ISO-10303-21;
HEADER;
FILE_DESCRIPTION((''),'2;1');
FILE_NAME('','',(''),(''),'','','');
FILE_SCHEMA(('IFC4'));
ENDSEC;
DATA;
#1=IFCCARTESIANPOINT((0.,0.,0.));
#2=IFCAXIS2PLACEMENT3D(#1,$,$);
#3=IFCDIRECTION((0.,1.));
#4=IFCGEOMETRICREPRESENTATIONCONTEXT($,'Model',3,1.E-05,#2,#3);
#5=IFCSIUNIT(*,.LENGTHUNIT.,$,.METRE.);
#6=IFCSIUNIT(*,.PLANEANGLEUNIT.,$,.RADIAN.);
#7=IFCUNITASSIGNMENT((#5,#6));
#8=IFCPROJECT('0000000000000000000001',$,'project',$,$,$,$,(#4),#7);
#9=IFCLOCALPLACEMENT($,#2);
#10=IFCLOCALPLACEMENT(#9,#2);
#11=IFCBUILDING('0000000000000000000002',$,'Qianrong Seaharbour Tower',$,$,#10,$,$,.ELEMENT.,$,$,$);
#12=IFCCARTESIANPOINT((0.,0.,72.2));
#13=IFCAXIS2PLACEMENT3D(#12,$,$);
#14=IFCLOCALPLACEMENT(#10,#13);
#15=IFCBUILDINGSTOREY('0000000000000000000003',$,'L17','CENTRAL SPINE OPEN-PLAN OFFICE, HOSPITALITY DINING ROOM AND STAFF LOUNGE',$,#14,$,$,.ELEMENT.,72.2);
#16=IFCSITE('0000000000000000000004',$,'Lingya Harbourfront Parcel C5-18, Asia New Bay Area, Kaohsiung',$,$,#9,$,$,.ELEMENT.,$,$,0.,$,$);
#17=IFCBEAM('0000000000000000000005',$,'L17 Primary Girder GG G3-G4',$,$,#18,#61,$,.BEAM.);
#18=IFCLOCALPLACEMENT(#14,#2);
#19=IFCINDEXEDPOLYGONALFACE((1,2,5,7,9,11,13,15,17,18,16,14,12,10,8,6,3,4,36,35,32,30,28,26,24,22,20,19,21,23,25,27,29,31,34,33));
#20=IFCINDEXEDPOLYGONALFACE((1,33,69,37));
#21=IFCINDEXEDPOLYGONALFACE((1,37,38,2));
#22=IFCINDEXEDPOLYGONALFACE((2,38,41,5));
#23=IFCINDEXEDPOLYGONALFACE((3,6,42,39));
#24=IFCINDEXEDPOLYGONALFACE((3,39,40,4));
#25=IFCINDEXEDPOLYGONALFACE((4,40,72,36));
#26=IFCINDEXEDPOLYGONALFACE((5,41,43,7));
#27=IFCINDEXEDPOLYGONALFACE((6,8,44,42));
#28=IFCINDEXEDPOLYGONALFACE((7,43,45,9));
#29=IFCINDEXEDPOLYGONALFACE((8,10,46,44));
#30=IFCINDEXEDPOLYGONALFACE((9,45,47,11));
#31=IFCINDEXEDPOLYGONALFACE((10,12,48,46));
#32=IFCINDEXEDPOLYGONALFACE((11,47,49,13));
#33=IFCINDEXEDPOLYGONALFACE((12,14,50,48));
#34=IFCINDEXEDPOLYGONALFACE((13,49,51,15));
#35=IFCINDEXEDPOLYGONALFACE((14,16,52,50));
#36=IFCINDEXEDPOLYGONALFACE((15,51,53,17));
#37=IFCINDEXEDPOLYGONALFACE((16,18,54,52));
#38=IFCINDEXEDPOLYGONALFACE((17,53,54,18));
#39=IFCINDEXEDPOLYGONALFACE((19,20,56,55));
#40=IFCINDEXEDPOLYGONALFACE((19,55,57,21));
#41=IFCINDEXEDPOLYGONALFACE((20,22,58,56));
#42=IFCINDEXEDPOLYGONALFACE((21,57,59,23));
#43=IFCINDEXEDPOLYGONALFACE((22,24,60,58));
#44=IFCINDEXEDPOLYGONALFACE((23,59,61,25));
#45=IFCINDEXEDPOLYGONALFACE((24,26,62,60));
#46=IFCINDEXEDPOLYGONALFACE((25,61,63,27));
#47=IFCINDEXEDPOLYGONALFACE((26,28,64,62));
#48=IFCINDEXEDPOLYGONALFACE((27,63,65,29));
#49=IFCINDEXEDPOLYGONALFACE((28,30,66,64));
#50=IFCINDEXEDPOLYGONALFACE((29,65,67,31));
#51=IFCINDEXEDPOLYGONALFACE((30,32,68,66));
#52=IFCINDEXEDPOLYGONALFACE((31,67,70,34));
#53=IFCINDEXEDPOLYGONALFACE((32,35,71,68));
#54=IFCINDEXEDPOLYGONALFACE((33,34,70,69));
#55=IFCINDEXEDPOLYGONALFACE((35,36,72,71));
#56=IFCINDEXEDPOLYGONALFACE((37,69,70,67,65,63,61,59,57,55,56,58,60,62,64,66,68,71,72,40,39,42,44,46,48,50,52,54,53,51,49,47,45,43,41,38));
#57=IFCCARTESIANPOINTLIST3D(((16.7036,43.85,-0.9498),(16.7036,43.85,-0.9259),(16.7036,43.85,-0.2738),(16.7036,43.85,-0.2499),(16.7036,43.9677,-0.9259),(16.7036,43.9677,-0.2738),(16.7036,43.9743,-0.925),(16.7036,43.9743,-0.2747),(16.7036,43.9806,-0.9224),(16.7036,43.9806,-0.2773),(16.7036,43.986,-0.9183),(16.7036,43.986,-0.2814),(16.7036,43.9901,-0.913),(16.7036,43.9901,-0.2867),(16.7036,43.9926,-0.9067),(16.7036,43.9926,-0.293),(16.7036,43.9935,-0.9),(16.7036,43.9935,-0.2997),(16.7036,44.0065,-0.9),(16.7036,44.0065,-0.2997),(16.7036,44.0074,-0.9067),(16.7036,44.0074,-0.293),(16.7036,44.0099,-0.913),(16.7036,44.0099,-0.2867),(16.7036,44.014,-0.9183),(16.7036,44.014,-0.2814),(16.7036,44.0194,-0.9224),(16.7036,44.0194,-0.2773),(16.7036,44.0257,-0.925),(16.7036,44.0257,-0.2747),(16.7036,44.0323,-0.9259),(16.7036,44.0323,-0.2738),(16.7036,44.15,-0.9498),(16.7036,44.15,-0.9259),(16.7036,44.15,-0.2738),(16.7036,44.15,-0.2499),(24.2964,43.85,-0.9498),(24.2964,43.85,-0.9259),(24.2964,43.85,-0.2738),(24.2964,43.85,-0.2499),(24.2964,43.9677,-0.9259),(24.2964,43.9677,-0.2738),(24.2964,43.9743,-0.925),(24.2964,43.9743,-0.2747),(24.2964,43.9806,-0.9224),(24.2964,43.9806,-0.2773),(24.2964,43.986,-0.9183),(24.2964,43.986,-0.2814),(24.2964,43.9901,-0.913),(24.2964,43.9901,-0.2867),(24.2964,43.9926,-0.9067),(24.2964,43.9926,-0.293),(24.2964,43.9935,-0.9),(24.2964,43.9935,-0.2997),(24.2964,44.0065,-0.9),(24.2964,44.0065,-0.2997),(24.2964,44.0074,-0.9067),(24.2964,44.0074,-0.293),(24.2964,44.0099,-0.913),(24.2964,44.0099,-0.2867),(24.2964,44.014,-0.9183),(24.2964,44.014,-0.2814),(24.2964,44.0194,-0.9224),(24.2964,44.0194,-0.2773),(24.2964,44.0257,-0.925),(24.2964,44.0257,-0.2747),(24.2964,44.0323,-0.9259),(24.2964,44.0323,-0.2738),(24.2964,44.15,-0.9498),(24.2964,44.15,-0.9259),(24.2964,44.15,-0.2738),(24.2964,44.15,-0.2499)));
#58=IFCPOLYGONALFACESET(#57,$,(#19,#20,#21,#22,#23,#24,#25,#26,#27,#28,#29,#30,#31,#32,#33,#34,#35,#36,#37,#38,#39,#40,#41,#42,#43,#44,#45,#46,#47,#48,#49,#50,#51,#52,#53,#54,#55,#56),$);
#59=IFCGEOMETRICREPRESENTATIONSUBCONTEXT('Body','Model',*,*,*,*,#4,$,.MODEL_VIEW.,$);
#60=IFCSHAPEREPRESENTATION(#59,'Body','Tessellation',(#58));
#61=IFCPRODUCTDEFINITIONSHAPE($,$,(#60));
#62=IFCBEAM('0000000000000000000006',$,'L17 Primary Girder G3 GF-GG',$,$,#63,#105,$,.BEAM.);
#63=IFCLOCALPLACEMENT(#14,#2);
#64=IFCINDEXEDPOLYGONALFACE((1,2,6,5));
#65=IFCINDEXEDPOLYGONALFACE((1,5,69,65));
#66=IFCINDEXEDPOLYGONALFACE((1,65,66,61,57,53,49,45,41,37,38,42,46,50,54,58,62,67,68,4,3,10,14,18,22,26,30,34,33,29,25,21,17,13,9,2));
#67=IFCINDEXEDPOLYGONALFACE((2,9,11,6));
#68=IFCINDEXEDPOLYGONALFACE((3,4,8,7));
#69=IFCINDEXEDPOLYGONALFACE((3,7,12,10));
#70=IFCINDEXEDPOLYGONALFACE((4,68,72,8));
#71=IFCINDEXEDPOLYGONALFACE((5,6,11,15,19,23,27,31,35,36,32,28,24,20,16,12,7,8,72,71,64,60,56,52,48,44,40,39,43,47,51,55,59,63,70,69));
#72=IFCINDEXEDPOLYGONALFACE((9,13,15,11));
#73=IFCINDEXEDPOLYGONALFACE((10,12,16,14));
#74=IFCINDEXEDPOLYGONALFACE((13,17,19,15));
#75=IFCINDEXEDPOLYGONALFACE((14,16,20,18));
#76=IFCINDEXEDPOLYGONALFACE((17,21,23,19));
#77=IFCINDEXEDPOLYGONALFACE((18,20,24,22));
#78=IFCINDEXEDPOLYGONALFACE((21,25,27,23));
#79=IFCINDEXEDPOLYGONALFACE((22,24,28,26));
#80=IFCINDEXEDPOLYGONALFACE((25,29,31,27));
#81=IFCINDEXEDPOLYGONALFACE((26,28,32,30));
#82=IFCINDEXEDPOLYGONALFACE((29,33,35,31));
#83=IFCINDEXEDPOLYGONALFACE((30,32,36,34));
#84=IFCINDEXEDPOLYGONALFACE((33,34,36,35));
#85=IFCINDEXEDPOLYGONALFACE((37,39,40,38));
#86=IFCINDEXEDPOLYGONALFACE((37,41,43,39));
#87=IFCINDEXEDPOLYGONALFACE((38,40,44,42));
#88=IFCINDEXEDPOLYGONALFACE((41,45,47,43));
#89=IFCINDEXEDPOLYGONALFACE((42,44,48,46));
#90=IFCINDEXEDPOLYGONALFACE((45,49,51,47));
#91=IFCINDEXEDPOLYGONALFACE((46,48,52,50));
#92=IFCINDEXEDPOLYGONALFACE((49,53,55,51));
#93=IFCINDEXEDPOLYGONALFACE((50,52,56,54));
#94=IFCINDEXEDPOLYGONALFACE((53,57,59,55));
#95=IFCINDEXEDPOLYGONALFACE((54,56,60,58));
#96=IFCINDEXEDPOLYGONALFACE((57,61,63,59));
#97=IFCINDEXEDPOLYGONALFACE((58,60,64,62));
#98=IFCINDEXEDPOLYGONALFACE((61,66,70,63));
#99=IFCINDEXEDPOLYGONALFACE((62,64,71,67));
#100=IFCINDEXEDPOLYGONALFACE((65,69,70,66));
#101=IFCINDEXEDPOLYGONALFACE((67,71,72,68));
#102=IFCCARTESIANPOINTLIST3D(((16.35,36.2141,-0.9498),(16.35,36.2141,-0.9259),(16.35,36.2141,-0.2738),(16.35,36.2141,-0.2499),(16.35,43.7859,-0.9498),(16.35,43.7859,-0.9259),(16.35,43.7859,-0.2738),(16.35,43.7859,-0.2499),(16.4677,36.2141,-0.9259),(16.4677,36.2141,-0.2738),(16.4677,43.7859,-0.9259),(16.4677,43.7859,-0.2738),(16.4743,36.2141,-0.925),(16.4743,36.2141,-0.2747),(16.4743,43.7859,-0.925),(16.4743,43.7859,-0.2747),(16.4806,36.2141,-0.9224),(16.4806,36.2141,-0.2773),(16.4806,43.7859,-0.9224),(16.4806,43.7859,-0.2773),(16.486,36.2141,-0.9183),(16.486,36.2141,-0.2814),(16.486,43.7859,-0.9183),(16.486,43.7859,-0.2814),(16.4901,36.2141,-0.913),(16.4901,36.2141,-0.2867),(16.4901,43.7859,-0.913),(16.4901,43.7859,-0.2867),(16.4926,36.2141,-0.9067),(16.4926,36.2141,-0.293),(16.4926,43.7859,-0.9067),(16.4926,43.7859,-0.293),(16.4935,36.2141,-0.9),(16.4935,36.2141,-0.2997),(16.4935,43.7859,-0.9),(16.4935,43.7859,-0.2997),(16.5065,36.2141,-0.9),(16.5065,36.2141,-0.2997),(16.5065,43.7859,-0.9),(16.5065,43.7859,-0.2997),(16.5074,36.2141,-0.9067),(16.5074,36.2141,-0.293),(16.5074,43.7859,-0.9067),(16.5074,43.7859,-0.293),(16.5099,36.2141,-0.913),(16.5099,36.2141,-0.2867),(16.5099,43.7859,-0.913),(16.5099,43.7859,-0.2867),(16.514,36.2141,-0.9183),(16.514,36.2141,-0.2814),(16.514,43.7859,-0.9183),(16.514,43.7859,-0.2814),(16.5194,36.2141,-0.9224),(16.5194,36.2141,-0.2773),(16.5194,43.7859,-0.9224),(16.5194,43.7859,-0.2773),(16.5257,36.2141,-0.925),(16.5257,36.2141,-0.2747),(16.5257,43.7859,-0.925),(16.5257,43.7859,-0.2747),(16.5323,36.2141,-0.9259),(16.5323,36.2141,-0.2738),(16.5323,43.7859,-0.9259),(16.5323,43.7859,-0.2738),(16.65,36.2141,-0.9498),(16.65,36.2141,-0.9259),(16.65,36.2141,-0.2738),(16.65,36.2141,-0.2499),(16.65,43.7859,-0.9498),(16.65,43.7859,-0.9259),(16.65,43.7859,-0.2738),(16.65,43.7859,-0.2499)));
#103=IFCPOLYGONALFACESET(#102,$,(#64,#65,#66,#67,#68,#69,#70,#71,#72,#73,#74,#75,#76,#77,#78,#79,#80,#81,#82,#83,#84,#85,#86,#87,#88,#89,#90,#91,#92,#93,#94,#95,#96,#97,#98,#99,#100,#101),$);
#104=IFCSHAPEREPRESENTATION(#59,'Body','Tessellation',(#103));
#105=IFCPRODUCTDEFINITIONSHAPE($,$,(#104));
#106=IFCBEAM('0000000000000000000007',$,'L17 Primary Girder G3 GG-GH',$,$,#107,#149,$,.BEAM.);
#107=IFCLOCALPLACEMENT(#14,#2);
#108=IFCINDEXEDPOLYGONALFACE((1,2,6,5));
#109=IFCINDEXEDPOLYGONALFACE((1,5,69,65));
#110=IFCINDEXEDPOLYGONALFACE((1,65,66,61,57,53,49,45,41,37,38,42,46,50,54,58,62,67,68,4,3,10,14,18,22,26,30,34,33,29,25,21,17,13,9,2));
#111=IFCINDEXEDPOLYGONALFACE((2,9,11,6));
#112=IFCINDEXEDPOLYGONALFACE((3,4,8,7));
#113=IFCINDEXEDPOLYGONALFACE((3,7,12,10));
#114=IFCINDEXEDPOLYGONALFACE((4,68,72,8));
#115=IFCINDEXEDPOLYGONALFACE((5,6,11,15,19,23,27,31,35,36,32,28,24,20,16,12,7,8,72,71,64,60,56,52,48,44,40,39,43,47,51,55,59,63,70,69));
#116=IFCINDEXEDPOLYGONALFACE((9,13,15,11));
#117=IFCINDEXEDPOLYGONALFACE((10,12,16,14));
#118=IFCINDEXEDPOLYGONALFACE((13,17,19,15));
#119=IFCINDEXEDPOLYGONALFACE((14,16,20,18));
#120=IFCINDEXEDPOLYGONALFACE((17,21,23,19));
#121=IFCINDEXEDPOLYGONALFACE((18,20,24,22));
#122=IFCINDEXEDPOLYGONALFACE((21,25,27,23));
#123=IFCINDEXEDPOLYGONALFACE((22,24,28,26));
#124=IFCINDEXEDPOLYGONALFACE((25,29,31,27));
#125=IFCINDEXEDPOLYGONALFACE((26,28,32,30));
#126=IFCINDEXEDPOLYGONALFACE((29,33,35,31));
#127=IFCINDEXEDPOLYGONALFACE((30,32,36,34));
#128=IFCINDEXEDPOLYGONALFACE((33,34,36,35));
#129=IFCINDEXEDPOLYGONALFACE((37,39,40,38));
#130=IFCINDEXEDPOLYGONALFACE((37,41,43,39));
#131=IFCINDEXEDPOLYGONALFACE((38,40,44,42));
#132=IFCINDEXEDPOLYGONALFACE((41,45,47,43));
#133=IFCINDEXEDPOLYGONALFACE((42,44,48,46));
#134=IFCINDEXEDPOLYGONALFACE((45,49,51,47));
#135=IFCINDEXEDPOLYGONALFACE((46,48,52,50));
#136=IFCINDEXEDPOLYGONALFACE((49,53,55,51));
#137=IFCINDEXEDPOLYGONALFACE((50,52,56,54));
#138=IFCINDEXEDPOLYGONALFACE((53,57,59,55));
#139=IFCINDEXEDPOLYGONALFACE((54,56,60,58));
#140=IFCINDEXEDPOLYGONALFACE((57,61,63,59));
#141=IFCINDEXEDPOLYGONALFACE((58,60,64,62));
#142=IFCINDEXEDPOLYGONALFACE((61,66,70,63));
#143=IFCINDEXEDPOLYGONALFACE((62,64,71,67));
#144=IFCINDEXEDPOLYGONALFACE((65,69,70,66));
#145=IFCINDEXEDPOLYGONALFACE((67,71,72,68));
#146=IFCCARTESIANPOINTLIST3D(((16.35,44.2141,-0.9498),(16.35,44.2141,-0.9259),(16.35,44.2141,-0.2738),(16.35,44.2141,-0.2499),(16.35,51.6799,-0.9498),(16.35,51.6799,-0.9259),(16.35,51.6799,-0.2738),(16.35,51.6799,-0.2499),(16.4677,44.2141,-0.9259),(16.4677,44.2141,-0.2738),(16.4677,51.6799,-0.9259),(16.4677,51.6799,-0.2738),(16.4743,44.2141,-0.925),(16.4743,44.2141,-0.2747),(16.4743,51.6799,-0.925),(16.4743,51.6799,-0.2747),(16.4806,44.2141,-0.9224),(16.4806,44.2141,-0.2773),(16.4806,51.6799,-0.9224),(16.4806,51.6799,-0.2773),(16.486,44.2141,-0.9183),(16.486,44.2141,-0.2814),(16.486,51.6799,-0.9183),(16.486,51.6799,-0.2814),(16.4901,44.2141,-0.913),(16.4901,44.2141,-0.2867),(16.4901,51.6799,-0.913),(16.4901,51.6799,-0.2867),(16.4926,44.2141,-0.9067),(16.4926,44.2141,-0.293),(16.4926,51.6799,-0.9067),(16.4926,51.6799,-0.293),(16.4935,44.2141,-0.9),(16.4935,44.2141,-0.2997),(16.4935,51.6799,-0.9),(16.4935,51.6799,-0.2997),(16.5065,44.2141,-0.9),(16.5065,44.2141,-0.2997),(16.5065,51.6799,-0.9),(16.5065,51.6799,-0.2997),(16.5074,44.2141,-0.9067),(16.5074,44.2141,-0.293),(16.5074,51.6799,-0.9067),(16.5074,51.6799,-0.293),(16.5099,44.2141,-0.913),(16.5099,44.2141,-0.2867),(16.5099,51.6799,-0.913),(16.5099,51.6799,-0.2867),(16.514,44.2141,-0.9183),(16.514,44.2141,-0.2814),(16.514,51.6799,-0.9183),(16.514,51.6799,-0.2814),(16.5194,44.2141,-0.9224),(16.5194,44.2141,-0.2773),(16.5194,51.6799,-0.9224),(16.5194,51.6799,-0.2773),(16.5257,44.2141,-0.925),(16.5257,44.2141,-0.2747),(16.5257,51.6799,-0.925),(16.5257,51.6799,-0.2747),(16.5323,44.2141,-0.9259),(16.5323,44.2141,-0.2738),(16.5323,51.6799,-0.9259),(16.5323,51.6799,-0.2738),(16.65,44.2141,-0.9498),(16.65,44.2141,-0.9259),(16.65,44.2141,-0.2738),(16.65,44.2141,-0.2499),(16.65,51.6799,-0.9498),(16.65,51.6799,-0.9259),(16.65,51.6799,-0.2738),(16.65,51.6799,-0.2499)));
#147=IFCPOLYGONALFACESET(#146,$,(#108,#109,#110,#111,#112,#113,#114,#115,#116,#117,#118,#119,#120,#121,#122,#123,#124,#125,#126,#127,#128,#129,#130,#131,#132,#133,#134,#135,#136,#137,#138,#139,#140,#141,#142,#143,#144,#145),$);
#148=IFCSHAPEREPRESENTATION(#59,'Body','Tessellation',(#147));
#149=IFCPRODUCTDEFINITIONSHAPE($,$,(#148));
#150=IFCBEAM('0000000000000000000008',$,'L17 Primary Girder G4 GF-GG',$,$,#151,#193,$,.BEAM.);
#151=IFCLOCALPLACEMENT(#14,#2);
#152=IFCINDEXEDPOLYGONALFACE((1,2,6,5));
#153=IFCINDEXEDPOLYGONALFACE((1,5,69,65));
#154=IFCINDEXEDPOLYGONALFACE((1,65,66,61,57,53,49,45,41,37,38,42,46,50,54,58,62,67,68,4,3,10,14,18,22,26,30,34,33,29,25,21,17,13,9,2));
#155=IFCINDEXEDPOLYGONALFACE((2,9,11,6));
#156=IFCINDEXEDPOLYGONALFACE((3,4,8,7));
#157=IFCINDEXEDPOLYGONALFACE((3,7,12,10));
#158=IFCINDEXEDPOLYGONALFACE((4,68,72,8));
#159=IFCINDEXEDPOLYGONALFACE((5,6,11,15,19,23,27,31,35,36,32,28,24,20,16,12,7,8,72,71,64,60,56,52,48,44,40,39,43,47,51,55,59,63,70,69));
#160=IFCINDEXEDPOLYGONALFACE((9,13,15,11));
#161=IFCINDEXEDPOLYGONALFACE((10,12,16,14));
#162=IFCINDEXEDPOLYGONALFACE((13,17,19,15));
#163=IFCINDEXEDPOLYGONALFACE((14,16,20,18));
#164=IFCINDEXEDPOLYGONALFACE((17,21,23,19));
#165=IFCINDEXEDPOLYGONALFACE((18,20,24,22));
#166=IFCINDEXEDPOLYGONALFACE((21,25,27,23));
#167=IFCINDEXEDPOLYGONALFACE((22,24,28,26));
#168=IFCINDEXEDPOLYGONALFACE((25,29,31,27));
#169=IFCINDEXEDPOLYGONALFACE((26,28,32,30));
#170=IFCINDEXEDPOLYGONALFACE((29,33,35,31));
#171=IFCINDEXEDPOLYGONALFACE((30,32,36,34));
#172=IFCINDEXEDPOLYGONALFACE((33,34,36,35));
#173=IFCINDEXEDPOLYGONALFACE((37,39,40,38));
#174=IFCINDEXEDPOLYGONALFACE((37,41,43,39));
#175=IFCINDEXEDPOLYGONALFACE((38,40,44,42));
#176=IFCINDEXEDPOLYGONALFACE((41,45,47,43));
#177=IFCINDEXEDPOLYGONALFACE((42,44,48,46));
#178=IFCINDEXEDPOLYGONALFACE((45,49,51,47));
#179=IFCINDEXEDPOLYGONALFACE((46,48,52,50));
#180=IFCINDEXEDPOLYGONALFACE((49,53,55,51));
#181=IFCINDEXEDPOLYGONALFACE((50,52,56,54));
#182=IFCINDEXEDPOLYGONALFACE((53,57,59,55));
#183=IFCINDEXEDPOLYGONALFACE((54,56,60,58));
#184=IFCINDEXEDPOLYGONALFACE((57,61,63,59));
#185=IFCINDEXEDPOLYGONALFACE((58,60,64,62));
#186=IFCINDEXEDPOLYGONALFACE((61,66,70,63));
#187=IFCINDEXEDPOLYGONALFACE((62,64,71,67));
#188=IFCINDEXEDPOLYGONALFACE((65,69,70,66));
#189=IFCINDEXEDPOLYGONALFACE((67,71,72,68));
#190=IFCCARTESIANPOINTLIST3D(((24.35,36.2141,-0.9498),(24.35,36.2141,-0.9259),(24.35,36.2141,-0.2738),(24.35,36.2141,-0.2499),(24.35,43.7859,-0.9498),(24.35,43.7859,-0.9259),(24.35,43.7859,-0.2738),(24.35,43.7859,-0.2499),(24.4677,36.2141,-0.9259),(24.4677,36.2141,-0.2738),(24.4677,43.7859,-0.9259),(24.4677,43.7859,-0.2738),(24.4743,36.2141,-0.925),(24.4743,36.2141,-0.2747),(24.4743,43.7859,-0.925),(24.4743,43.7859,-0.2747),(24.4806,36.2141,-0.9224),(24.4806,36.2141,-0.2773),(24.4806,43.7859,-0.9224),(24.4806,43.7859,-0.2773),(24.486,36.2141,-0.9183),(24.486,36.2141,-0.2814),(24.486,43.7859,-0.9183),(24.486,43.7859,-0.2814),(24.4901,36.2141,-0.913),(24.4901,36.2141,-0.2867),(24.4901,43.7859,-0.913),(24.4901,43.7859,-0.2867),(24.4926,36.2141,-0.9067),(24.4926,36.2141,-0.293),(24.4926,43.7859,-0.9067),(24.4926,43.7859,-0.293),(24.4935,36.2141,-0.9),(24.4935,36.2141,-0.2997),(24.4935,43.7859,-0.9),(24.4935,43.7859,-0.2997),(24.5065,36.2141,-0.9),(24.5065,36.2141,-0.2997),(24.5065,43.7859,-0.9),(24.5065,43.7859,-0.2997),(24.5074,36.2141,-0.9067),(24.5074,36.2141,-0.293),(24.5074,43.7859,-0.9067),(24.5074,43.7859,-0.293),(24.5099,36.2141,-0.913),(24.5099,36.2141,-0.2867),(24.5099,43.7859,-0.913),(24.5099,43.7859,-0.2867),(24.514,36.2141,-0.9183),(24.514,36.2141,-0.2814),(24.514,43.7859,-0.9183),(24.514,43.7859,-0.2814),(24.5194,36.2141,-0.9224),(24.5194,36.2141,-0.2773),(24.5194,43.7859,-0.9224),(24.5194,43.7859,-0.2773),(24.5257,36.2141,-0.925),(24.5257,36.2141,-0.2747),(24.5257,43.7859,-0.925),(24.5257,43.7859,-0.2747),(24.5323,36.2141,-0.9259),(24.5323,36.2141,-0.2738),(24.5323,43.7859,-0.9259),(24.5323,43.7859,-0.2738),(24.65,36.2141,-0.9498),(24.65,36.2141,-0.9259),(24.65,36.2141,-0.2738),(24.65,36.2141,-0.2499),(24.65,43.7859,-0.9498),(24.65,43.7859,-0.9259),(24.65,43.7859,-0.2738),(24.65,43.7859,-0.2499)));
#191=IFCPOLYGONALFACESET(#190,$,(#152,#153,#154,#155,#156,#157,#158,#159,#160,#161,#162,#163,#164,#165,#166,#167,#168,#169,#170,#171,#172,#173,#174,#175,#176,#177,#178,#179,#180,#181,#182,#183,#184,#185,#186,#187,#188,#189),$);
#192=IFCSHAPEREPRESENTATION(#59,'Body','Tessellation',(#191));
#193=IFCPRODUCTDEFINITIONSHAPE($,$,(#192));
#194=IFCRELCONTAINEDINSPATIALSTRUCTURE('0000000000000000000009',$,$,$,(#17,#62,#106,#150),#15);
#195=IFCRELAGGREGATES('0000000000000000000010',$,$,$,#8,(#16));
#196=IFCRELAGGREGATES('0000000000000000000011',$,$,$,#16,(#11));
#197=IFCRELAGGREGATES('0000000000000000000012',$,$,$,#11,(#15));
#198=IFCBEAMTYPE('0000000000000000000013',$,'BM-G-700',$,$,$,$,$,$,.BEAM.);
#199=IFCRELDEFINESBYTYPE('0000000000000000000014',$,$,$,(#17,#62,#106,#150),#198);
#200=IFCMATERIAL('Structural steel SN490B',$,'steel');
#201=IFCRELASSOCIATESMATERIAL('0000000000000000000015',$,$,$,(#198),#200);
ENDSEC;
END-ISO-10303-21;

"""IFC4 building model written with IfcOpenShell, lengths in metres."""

from ifc_helpers import new_model, si_unit, direction, frame, origin, origin_2d, place, context, subcontext, project, spatial, i_section, extrude, material, material_profile, profile_set, type_object, element, save


model = new_model("IFC4")

# Units and contexts
model_context = context("Model", 3, precision=1e-05, world=origin(), true_north=direction((0.0, 1.0)))
body_context = subcontext(model_context, "Body", "Model", "MODEL_VIEW")
ifc_project = project(units=[si_unit("LENGTHUNIT", "METRE"), si_unit("PLANEANGLEUNIT", "RADIAN")], contexts=[model_context])

# Site, building, storey
site_placement = place(None, origin())
site = spatial("IfcSite", under=ifc_project, at=site_placement, Name="Lingya Harbourfront Parcel C5-18, Asia New Bay Area, Kaohsiung", CompositionType="ELEMENT", RefElevation=0.0)
building_placement = place(site_placement, origin())
building = spatial("IfcBuilding", under=site, at=building_placement, Name="Qianrong Seaharbour Tower", CompositionType="ELEMENT")
storey_placement = place(building_placement, frame((0.0, 0.0, 72.2)))
storey = spatial("IfcBuildingStorey", under=building, at=storey_placement, Name="L17", Description="CENTRAL SPINE OPEN-PLAN OFFICE, HOSPITALITY DINING ROOM AND STAFF LOUNGE", CompositionType="ELEMENT", Elevation=72.2)

# Shared definitions
ifc_material_1 = material(Name="Structural steel SN490B", Category="steel")

# Beams
ifc_material_profile_1 = material_profile(ifc_material_1, i_section(OverallWidth=0.3, OverallDepth=0.7, WebThickness=0.0129, FlangeThickness=0.0239, FilletRadius=0.0259, at=origin_2d()), Name="H700x300x13x24")
ifc_profile_set_1 = profile_set([ifc_material_profile_1], Name="Structural steel SN490B")
beam_type_1 = type_object("IfcBeamType", Name="BM-G-700", PredefinedType="BEAM", material=ifc_profile_set_1)
beam_1_placement = place(storey_placement, frame((16.7036, 44.0, -0.5999), z_axis=(1.0, 0.0, 0.0), x_axis=(0.0, 1.0, 0.0)))
element("IfcBeam", 1, at=beam_1_placement, inside=storey, type_object=beam_type_1, Name="L17 Primary Girder GG G3-G4", PredefinedType="BEAM", context=body_context, shape_type="SweptSolid", body=[
    extrude(i_section(OverallWidth=0.3, OverallDepth=0.7, WebThickness=0.0129, FlangeThickness=0.0239, FilletRadius=0.0259, at=origin_2d()), origin(), (0.0, 0.0, 1.0), 7.5928),
])
beam_2_placement = place(storey_placement, frame((16.5, 36.2141, -0.5999), z_axis=(0.0, 1.0, 0.0), x_axis=(-1.0, 0.0, 0.0)))
element("IfcBeam", 2, at=beam_2_placement, inside=storey, type_object=beam_type_1, Name="L17 Primary Girder G3 GF-GG", PredefinedType="BEAM", context=body_context, shape_type="SweptSolid", body=[
    extrude(i_section(OverallWidth=0.3, OverallDepth=0.7, WebThickness=0.0129, FlangeThickness=0.0239, FilletRadius=0.0259, at=origin_2d()), origin(), (0.0, 0.0, 1.0), 7.5718),
])
beam_3_placement = place(storey_placement, frame((16.5, 44.2141, -0.5999), z_axis=(0.0, 1.0, 0.0), x_axis=(-1.0, 0.0, 0.0)))
element("IfcBeam", 3, at=beam_3_placement, inside=storey, type_object=beam_type_1, Name="L17 Primary Girder G3 GG-GH", PredefinedType="BEAM", context=body_context, shape_type="SweptSolid", body=[
    extrude(i_section(OverallWidth=0.3, OverallDepth=0.7, WebThickness=0.0129, FlangeThickness=0.0239, FilletRadius=0.0259, at=origin_2d()), origin(), (0.0, 0.0, 1.0), 7.4658),
])
beam_4_placement = place(storey_placement, frame((24.5, 36.2141, -0.5999), z_axis=(0.0, 1.0, 0.0), x_axis=(-1.0, 0.0, 0.0)))
element("IfcBeam", 4, at=beam_4_placement, inside=storey, type_object=beam_type_1, Name="L17 Primary Girder G4 GF-GG", PredefinedType="BEAM", context=body_context, shape_type="SweptSolid", body=[
    extrude(i_section(OverallWidth=0.3, OverallDepth=0.7, WebThickness=0.0129, FlangeThickness=0.0239, FilletRadius=0.0259, at=origin_2d()), origin(), (0.0, 0.0, 1.0), 7.5718),
])

save(model, "model.ifc")
